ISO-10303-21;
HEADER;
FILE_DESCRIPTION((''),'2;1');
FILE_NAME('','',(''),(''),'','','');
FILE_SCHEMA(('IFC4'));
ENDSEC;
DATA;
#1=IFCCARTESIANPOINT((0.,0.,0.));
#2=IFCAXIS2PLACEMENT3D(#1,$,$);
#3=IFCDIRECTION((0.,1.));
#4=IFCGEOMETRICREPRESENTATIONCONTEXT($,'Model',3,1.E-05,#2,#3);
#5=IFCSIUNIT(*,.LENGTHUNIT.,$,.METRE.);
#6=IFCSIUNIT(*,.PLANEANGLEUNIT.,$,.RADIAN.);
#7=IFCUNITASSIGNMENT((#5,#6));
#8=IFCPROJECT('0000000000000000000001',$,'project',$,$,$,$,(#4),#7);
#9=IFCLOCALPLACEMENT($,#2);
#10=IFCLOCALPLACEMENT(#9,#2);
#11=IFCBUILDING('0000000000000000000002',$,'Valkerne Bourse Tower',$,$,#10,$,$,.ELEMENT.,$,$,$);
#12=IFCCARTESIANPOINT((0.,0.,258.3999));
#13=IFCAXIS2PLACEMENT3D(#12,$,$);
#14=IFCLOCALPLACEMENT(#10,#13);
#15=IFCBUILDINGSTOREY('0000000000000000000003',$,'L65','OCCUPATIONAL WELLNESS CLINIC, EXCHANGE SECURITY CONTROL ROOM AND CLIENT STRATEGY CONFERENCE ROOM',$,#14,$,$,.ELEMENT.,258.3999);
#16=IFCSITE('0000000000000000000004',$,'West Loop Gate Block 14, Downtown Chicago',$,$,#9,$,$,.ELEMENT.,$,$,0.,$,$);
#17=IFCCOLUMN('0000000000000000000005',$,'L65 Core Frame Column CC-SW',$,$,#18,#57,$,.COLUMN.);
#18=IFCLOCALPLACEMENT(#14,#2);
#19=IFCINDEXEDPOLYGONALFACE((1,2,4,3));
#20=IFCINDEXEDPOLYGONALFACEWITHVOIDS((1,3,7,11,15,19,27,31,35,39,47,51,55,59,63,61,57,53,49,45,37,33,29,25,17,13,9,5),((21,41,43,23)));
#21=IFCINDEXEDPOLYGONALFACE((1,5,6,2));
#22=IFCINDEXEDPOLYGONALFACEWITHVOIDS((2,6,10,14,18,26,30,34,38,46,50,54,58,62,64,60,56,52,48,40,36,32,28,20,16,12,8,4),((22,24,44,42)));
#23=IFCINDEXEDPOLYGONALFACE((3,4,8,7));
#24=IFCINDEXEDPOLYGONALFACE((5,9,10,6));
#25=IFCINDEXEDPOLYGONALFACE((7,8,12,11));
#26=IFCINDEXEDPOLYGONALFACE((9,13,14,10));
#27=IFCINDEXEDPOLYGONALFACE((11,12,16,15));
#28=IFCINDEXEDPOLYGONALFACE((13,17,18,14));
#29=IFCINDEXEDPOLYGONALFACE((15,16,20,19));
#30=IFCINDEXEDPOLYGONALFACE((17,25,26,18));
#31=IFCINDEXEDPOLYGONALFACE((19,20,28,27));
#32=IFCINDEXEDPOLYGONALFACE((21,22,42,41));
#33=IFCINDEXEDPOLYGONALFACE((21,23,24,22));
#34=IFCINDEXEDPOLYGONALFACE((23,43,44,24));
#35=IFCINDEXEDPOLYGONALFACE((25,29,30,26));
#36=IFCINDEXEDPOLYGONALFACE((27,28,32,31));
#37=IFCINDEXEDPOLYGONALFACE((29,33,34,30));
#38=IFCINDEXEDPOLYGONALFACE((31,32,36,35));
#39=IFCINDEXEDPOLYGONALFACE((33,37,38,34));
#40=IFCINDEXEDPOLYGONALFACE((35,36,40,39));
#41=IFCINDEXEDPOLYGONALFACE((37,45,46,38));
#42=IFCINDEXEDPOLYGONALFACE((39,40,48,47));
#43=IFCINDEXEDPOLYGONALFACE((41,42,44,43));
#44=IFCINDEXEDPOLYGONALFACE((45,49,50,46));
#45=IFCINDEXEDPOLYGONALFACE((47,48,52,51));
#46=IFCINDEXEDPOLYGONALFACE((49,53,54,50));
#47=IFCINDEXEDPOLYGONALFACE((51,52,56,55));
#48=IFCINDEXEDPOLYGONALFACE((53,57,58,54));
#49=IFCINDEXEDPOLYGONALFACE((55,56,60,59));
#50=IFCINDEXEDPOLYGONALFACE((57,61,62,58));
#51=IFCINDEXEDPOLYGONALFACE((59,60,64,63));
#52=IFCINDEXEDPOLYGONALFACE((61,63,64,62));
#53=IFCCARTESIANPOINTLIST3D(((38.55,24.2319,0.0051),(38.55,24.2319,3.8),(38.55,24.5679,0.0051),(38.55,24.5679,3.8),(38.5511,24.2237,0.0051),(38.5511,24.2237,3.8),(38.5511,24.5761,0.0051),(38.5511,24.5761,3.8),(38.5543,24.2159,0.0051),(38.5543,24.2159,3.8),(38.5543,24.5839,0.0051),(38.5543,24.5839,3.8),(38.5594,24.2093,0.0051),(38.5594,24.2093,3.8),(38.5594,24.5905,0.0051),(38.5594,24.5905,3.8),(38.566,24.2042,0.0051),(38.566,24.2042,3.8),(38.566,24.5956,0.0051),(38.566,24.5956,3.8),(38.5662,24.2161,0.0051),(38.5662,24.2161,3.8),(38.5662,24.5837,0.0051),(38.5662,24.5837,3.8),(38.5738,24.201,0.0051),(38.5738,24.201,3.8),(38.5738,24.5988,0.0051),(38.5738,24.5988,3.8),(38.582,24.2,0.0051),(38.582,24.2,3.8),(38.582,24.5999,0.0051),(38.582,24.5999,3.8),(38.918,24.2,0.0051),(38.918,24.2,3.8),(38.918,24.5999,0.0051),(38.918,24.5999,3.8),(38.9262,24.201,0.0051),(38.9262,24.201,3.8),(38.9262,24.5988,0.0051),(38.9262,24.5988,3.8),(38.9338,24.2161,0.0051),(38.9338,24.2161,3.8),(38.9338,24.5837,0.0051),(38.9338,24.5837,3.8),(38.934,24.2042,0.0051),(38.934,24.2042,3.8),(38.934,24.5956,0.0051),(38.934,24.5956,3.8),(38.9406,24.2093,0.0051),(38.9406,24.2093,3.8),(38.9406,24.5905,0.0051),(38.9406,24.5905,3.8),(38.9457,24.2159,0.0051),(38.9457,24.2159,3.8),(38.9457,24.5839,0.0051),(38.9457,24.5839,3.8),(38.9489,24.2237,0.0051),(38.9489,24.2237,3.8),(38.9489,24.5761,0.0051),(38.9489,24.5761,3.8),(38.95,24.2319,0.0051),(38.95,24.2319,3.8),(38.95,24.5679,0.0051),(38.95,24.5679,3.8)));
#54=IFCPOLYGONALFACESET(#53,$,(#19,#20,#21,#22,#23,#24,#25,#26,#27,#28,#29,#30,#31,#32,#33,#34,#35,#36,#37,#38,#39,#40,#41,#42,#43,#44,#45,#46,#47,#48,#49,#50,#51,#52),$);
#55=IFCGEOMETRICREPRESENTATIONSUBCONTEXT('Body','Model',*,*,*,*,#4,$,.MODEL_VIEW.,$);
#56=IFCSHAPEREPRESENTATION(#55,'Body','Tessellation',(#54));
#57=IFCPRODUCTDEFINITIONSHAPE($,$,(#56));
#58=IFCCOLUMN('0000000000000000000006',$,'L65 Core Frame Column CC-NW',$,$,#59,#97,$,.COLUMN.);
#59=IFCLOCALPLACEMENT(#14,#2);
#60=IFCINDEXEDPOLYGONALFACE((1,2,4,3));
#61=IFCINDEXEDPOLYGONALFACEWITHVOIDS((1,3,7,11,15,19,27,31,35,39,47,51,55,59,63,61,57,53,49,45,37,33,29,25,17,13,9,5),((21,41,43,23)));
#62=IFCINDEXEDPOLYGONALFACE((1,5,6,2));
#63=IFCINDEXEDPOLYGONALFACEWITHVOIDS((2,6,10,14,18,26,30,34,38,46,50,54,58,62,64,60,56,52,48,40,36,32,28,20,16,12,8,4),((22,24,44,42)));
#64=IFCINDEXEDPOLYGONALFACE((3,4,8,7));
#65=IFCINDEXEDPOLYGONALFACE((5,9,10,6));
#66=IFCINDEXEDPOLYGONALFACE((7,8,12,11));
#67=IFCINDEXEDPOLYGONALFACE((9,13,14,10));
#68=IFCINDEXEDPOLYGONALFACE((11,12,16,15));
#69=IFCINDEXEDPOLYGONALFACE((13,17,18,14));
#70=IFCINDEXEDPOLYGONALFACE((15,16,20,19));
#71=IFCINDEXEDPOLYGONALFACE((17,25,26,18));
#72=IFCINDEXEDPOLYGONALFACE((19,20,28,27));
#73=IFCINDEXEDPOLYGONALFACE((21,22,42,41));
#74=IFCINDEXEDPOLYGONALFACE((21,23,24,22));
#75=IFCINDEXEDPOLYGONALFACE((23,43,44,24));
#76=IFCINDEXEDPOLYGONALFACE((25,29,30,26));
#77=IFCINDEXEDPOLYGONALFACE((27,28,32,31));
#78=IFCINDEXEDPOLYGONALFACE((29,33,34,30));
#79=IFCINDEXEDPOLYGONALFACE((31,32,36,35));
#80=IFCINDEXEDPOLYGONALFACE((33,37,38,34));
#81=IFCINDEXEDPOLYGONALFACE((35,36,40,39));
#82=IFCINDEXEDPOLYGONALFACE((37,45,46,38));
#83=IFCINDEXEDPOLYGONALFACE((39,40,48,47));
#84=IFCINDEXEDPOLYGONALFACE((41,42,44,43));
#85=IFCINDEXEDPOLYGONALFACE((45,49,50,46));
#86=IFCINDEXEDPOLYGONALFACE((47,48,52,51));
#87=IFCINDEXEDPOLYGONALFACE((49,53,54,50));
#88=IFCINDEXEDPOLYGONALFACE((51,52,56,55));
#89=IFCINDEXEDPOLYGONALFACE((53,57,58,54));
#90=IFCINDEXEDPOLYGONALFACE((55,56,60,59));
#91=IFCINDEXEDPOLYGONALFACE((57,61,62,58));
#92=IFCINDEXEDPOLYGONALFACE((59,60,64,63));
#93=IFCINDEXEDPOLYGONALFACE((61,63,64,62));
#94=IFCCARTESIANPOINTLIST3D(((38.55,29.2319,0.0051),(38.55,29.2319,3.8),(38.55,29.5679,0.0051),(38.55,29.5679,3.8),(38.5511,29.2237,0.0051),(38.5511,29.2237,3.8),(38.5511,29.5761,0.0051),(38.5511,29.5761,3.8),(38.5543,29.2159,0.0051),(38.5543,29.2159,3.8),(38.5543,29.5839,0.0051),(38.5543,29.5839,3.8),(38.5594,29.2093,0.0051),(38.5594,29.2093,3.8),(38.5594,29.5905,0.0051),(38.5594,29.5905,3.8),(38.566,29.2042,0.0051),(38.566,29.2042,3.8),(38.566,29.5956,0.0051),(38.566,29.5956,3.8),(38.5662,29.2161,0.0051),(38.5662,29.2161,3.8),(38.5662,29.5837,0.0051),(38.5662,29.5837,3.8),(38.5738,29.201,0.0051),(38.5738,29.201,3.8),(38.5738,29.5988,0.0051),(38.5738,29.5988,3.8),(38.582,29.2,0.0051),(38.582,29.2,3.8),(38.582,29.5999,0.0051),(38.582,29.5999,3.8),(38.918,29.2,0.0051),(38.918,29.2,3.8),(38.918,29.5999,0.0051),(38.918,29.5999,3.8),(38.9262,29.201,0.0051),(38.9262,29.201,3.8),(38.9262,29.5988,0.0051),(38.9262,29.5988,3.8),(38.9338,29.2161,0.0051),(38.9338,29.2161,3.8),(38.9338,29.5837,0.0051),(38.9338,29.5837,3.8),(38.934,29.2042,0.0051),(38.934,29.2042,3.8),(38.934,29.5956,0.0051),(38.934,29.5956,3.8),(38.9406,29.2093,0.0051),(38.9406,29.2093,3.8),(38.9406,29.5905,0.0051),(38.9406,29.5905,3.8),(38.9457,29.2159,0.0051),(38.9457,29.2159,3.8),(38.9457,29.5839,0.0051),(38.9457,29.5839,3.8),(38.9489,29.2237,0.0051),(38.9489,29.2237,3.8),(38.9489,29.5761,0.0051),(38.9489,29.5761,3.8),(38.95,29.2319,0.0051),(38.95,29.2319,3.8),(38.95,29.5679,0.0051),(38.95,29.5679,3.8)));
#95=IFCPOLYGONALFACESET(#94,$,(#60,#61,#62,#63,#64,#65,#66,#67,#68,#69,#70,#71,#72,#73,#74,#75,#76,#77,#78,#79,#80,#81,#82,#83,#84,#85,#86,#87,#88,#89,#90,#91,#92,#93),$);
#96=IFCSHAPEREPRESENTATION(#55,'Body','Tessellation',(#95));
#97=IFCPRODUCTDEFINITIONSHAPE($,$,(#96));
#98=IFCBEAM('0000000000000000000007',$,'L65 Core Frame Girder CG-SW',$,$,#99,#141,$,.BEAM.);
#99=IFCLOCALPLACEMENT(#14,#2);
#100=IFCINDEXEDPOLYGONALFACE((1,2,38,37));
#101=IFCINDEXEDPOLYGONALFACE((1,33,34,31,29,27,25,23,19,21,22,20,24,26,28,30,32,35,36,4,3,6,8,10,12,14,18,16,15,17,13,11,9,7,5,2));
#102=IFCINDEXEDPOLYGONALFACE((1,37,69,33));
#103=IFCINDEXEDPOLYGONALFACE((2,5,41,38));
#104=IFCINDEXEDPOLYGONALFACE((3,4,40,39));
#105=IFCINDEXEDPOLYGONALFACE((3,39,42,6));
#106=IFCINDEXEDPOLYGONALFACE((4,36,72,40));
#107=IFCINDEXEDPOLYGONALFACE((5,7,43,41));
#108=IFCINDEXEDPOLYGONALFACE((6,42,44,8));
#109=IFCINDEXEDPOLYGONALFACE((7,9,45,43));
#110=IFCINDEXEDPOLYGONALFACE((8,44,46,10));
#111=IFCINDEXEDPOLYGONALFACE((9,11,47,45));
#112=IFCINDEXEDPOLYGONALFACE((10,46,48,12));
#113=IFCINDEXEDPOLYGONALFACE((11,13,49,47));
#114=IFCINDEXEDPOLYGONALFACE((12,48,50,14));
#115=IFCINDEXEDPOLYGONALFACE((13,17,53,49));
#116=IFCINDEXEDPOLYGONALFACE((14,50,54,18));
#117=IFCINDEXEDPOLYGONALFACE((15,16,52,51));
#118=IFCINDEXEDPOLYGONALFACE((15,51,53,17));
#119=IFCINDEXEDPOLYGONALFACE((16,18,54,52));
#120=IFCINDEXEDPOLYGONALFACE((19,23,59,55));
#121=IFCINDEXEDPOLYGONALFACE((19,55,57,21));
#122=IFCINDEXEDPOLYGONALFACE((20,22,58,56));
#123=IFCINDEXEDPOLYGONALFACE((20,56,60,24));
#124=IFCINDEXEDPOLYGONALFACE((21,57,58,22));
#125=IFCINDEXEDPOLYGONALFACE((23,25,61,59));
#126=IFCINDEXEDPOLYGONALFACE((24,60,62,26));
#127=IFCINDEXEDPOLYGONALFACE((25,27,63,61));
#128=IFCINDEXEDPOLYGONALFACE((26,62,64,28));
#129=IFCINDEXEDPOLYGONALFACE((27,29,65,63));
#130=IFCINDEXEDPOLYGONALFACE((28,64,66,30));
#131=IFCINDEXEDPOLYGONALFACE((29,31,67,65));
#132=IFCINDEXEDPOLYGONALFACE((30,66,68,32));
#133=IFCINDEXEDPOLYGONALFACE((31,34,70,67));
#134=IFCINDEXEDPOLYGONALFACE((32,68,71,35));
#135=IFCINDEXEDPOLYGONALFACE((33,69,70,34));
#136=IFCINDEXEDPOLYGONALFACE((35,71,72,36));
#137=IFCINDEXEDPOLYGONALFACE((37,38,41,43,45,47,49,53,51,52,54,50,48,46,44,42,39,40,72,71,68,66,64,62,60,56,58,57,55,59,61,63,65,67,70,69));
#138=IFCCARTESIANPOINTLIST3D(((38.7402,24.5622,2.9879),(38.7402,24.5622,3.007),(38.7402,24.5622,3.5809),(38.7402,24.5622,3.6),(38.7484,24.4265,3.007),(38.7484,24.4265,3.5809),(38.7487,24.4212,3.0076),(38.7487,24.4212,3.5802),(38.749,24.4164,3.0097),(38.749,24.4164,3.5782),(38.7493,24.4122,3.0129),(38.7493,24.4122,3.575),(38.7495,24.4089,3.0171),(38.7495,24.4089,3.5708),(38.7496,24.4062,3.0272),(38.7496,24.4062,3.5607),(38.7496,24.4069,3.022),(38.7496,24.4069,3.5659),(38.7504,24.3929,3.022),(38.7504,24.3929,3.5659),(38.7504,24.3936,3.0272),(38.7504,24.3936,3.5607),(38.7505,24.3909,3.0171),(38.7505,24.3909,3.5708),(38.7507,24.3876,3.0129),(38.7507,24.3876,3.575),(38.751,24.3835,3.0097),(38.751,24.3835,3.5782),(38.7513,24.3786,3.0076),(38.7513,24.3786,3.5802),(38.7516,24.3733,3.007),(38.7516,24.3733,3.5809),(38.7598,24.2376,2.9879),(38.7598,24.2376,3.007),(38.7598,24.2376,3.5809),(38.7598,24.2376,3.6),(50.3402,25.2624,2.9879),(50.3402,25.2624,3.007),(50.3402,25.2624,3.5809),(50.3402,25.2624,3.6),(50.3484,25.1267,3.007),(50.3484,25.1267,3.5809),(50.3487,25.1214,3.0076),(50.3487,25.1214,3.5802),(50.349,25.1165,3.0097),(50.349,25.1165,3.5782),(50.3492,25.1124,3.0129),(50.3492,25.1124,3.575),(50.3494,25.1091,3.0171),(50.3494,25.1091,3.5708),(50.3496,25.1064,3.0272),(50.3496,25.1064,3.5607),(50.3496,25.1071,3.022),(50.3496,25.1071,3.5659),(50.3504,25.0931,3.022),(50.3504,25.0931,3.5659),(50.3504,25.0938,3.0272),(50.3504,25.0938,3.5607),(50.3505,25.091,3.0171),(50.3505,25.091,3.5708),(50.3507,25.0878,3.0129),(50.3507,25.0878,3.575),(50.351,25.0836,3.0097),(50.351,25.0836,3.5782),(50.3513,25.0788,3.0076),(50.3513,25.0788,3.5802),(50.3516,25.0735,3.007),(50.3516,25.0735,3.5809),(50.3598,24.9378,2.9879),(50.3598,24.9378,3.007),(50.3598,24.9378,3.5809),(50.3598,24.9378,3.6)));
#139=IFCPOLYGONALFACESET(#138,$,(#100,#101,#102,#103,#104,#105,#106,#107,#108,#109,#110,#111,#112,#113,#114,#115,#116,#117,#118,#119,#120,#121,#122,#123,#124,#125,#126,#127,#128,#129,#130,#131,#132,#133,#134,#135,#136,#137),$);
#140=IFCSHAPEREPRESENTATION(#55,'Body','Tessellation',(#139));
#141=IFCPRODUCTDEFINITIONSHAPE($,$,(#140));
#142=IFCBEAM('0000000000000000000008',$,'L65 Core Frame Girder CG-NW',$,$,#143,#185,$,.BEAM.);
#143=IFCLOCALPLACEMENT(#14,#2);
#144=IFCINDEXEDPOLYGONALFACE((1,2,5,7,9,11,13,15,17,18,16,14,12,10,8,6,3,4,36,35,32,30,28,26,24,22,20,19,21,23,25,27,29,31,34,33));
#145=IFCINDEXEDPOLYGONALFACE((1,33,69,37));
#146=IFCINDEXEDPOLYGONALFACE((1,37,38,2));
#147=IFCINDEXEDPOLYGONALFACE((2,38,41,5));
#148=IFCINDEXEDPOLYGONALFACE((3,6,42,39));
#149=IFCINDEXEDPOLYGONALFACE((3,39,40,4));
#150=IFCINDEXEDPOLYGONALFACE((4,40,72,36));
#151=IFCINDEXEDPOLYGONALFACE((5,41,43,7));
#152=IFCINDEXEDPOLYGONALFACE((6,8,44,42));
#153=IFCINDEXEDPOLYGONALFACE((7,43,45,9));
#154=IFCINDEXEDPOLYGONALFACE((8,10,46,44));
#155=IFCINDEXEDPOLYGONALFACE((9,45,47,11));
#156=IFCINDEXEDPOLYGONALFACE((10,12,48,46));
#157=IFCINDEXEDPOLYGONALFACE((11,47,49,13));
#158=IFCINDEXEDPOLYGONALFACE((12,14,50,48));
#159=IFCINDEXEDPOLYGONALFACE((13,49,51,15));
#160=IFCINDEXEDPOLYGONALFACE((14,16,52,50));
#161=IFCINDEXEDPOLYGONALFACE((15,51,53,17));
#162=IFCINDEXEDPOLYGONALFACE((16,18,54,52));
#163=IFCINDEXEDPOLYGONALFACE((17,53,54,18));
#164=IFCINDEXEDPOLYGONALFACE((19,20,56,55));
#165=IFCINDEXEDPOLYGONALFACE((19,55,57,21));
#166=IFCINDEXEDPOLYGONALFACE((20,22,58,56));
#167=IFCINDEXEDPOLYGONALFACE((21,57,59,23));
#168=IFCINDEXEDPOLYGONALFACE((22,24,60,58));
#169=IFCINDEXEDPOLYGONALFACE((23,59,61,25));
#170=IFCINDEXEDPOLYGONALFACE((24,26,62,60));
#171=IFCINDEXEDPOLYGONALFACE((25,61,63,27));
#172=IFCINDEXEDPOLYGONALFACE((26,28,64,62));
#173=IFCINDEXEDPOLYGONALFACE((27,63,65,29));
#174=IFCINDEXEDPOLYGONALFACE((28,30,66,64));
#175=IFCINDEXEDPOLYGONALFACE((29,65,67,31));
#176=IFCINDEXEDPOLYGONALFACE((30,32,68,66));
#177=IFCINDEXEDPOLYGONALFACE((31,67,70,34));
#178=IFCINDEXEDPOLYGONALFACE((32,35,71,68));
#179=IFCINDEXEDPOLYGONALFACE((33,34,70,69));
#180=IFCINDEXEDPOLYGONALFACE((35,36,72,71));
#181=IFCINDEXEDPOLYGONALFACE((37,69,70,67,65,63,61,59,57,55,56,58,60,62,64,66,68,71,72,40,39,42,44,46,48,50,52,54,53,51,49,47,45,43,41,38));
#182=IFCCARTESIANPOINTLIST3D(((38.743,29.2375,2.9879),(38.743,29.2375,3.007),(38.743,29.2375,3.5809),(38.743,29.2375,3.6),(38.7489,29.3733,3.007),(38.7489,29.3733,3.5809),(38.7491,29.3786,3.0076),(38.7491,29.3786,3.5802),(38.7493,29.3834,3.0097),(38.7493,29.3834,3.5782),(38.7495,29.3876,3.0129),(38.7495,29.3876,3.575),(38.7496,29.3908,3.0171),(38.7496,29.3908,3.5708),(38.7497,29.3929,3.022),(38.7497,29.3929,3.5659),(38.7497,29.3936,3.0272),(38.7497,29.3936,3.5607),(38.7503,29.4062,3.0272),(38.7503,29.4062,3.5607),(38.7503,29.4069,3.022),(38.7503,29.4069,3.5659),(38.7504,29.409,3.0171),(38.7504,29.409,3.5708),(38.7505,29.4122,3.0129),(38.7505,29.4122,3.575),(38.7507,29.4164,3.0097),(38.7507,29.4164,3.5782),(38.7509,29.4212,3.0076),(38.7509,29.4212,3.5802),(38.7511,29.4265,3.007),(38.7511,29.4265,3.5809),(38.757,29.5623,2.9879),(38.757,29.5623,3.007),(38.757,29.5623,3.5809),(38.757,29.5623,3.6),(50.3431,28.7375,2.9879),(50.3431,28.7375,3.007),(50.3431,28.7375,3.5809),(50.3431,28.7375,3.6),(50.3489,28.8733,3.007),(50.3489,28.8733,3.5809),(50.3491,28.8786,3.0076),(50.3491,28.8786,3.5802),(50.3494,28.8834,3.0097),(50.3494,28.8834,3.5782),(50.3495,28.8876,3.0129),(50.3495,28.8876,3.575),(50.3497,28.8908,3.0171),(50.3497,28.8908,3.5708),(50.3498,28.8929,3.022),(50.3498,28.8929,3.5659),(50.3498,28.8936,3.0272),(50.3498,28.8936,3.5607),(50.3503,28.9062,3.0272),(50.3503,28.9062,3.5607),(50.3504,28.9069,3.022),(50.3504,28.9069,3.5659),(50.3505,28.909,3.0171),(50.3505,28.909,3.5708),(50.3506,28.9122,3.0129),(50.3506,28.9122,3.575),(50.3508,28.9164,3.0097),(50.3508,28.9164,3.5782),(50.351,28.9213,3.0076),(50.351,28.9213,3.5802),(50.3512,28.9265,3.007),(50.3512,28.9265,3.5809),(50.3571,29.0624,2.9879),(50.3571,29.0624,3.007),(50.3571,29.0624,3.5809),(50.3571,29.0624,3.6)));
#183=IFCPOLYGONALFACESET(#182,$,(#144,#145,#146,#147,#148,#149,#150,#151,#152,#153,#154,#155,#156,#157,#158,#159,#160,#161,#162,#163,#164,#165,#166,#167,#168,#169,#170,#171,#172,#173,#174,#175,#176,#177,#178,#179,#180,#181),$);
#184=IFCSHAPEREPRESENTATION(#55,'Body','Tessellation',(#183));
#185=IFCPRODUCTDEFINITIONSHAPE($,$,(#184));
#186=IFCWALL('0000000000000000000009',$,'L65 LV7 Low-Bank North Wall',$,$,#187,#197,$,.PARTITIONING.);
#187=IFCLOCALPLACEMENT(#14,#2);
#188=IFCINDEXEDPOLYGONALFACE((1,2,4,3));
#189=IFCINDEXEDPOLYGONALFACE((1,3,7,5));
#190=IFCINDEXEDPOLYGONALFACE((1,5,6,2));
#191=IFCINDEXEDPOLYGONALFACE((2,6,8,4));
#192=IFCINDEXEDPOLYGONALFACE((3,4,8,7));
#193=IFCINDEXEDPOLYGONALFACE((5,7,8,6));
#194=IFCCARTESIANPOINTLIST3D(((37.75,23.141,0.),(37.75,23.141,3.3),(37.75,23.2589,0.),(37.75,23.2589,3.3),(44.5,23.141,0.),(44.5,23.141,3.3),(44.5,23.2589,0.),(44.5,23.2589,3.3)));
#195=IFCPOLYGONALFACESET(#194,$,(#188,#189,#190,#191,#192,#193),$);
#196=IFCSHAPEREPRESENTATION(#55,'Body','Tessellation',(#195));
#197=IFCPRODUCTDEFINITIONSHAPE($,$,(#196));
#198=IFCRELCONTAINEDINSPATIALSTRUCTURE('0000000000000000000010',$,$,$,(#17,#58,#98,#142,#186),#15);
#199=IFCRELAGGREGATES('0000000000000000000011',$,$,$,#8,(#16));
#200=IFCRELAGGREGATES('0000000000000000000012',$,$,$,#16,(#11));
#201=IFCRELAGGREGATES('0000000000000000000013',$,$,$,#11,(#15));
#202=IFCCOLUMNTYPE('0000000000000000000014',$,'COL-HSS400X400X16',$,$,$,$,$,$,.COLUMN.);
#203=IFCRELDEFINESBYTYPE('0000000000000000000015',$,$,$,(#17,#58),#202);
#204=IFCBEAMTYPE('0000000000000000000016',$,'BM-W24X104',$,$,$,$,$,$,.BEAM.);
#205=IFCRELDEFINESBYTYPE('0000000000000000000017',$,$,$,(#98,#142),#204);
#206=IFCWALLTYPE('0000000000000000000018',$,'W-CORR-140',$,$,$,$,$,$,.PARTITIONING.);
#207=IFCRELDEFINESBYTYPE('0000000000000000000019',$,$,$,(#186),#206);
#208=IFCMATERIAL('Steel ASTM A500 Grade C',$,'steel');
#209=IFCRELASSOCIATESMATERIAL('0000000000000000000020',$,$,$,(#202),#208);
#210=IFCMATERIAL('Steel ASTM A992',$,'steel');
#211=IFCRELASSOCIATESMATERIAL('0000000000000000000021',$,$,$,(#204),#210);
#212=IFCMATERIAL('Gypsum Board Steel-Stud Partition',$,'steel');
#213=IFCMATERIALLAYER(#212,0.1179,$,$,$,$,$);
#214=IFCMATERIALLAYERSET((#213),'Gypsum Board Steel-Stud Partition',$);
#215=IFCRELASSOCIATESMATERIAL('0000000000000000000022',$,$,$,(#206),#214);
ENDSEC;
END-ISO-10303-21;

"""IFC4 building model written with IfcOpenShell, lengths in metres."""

from ifc_helpers import new_model, si_unit, direction, frame, frame_2d, origin, origin_2d, place, context, subcontext, project, spatial, rectangle, hollow_rectangle, i_section, extrude, material, layer, layer_set, material_profile, profile_set, type_object, element, save


model = new_model("IFC4")

# Units and contexts
model_context = context("Model", 3, precision=1e-05, world=origin(), true_north=direction((0.0, 1.0)))
body_context = subcontext(model_context, "Body", "Model", "MODEL_VIEW")
ifc_project = project(units=[si_unit("LENGTHUNIT", "METRE"), si_unit("PLANEANGLEUNIT", "RADIAN")], contexts=[model_context])

# Site, building, storey
site_placement = place(None, origin())
site = spatial("IfcSite", under=ifc_project, at=site_placement, Name="West Loop Gate Block 14, Downtown Chicago", CompositionType="ELEMENT", RefElevation=0.0)
building_placement = place(site_placement, origin())
building = spatial("IfcBuilding", under=site, at=building_placement, Name="Valkerne Bourse Tower", CompositionType="ELEMENT")
storey_placement = place(building_placement, frame((0.0, 0.0, 258.3999)))
storey = spatial("IfcBuildingStorey", under=building, at=storey_placement, Name="L65", Description="OCCUPATIONAL WELLNESS CLINIC, EXCHANGE SECURITY CONTROL ROOM AND CLIENT STRATEGY CONFERENCE ROOM", CompositionType="ELEMENT", Elevation=258.3999)

# Columns
ifc_material_1 = material(Name="Steel ASTM A500 Grade C", Category="steel")
ifc_material_profile_1 = material_profile(ifc_material_1, hollow_rectangle(XDim=0.3999, YDim=0.3999, WallThickness=0.0161, OuterFilletRadius=0.032, at=origin_2d()), Name="HSS400X400X16")
ifc_profile_set_1 = profile_set([ifc_material_profile_1], Name="Steel ASTM A500 Grade C")
column_type = type_object("IfcColumnType", Name="COL-HSS400X400X16", PredefinedType="COLUMN", material=ifc_profile_set_1)
for number, where, z_axis, x_axis, name in (
    (1, (38.75, 24.3999, 0.0051), (0.0, 0.0, 1.0), (1.0, 0.0, 0.0), "L65 Core Frame Column CC-SW"),
    (2, (38.75, 29.3999, 0.0051), (0.0, 0.0, 1.0), (1.0, 0.0, 0.0), "L65 Core Frame Column CC-NW"),
):
    element("IfcColumn", number, at=place(storey_placement, frame(where, z_axis=z_axis, x_axis=x_axis)), inside=storey, type_object=column_type, Name=name, PredefinedType="COLUMN", context=body_context, shape_type="SweptSolid", body=[
        extrude(hollow_rectangle(XDim=0.3999, YDim=0.3999, WallThickness=0.0161, OuterFilletRadius=0.032, at=origin_2d()), origin(), (0.0, 0.0, 1.0), 3.7949),
    ])

# Beams
ifc_material_2 = material(Name="Steel ASTM A992", Category="steel")
ifc_material_profile_2 = material_profile(ifc_material_2, i_section(OverallWidth=0.3252, OverallDepth=0.6121, WebThickness=0.0127, FlangeThickness=0.019, FilletRadius=0.0203, at=origin_2d()), Name="W24X104")
ifc_profile_set_2 = profile_set([ifc_material_profile_2], Name="Steel ASTM A992")
beam_type = type_object("IfcBeamType", Name="BM-W24X104", PredefinedType="BEAM", material=ifc_profile_set_2)
beam_1_placement = place(storey_placement, frame((38.75, 24.3999, 3.2939), z_axis=(0.998183, 0.060251, 0.0), x_axis=(-0.060251, 0.998183, 0.0)))
element("IfcBeam", 3, at=beam_1_placement, inside=storey, type_object=beam_type, Name="L65 Core Frame Girder CG-SW", PredefinedType="BEAM", context=body_context, shape_type="SweptSolid", body=[
    extrude(i_section(OverallWidth=0.3252, OverallDepth=0.6121, WebThickness=0.0127, FlangeThickness=0.019, FilletRadius=0.0203, at=origin_2d()), origin(), (0.0, 0.0, 1.0), 11.6211),
])
beam_2_placement = place(storey_placement, frame((38.75, 29.3999, 3.2939), z_axis=(0.999072, -0.043063, 0.0), x_axis=(0.043063, 0.999072, 0.0)))
element("IfcBeam", 4, at=beam_2_placement, inside=storey, type_object=beam_type, Name="L65 Core Frame Girder CG-NW", PredefinedType="BEAM", context=body_context, shape_type="SweptSolid", body=[
    extrude(i_section(OverallWidth=0.3252, OverallDepth=0.6121, WebThickness=0.0127, FlangeThickness=0.019, FilletRadius=0.0203, at=origin_2d()), origin(), (0.0, 0.0, 1.0), 11.6108),
])

# Wall
ifc_material_3 = material(Name="Gypsum Board Steel-Stud Partition", Category="steel")
ifc_layer_1 = layer(ifc_material_3, 0.1179)
ifc_layer_set_1 = layer_set([ifc_layer_1], Name="Gypsum Board Steel-Stud Partition")
wall_type_1 = type_object("IfcWallType", Name="W-CORR-140", PredefinedType="PARTITIONING", material=ifc_layer_set_1)
wall_1_placement = place(storey_placement, frame((37.75, 23.2, 0.0), z_axis=(0.0, 0.0, 1.0), x_axis=(1.0, 0.0, 0.0)))
element("IfcWall", 5, at=wall_1_placement, inside=storey, type_object=wall_type_1, Name="L65 LV7 Low-Bank North Wall", PredefinedType="PARTITIONING", context=body_context, shape_type="SweptSolid", body=[
    extrude(rectangle(XDim=6.75, YDim=0.1179, at=frame_2d((3.375, 0.0))), origin(), (0.0, 0.0, 1.0), 3.3),
])

save(model, "model.ifc")
